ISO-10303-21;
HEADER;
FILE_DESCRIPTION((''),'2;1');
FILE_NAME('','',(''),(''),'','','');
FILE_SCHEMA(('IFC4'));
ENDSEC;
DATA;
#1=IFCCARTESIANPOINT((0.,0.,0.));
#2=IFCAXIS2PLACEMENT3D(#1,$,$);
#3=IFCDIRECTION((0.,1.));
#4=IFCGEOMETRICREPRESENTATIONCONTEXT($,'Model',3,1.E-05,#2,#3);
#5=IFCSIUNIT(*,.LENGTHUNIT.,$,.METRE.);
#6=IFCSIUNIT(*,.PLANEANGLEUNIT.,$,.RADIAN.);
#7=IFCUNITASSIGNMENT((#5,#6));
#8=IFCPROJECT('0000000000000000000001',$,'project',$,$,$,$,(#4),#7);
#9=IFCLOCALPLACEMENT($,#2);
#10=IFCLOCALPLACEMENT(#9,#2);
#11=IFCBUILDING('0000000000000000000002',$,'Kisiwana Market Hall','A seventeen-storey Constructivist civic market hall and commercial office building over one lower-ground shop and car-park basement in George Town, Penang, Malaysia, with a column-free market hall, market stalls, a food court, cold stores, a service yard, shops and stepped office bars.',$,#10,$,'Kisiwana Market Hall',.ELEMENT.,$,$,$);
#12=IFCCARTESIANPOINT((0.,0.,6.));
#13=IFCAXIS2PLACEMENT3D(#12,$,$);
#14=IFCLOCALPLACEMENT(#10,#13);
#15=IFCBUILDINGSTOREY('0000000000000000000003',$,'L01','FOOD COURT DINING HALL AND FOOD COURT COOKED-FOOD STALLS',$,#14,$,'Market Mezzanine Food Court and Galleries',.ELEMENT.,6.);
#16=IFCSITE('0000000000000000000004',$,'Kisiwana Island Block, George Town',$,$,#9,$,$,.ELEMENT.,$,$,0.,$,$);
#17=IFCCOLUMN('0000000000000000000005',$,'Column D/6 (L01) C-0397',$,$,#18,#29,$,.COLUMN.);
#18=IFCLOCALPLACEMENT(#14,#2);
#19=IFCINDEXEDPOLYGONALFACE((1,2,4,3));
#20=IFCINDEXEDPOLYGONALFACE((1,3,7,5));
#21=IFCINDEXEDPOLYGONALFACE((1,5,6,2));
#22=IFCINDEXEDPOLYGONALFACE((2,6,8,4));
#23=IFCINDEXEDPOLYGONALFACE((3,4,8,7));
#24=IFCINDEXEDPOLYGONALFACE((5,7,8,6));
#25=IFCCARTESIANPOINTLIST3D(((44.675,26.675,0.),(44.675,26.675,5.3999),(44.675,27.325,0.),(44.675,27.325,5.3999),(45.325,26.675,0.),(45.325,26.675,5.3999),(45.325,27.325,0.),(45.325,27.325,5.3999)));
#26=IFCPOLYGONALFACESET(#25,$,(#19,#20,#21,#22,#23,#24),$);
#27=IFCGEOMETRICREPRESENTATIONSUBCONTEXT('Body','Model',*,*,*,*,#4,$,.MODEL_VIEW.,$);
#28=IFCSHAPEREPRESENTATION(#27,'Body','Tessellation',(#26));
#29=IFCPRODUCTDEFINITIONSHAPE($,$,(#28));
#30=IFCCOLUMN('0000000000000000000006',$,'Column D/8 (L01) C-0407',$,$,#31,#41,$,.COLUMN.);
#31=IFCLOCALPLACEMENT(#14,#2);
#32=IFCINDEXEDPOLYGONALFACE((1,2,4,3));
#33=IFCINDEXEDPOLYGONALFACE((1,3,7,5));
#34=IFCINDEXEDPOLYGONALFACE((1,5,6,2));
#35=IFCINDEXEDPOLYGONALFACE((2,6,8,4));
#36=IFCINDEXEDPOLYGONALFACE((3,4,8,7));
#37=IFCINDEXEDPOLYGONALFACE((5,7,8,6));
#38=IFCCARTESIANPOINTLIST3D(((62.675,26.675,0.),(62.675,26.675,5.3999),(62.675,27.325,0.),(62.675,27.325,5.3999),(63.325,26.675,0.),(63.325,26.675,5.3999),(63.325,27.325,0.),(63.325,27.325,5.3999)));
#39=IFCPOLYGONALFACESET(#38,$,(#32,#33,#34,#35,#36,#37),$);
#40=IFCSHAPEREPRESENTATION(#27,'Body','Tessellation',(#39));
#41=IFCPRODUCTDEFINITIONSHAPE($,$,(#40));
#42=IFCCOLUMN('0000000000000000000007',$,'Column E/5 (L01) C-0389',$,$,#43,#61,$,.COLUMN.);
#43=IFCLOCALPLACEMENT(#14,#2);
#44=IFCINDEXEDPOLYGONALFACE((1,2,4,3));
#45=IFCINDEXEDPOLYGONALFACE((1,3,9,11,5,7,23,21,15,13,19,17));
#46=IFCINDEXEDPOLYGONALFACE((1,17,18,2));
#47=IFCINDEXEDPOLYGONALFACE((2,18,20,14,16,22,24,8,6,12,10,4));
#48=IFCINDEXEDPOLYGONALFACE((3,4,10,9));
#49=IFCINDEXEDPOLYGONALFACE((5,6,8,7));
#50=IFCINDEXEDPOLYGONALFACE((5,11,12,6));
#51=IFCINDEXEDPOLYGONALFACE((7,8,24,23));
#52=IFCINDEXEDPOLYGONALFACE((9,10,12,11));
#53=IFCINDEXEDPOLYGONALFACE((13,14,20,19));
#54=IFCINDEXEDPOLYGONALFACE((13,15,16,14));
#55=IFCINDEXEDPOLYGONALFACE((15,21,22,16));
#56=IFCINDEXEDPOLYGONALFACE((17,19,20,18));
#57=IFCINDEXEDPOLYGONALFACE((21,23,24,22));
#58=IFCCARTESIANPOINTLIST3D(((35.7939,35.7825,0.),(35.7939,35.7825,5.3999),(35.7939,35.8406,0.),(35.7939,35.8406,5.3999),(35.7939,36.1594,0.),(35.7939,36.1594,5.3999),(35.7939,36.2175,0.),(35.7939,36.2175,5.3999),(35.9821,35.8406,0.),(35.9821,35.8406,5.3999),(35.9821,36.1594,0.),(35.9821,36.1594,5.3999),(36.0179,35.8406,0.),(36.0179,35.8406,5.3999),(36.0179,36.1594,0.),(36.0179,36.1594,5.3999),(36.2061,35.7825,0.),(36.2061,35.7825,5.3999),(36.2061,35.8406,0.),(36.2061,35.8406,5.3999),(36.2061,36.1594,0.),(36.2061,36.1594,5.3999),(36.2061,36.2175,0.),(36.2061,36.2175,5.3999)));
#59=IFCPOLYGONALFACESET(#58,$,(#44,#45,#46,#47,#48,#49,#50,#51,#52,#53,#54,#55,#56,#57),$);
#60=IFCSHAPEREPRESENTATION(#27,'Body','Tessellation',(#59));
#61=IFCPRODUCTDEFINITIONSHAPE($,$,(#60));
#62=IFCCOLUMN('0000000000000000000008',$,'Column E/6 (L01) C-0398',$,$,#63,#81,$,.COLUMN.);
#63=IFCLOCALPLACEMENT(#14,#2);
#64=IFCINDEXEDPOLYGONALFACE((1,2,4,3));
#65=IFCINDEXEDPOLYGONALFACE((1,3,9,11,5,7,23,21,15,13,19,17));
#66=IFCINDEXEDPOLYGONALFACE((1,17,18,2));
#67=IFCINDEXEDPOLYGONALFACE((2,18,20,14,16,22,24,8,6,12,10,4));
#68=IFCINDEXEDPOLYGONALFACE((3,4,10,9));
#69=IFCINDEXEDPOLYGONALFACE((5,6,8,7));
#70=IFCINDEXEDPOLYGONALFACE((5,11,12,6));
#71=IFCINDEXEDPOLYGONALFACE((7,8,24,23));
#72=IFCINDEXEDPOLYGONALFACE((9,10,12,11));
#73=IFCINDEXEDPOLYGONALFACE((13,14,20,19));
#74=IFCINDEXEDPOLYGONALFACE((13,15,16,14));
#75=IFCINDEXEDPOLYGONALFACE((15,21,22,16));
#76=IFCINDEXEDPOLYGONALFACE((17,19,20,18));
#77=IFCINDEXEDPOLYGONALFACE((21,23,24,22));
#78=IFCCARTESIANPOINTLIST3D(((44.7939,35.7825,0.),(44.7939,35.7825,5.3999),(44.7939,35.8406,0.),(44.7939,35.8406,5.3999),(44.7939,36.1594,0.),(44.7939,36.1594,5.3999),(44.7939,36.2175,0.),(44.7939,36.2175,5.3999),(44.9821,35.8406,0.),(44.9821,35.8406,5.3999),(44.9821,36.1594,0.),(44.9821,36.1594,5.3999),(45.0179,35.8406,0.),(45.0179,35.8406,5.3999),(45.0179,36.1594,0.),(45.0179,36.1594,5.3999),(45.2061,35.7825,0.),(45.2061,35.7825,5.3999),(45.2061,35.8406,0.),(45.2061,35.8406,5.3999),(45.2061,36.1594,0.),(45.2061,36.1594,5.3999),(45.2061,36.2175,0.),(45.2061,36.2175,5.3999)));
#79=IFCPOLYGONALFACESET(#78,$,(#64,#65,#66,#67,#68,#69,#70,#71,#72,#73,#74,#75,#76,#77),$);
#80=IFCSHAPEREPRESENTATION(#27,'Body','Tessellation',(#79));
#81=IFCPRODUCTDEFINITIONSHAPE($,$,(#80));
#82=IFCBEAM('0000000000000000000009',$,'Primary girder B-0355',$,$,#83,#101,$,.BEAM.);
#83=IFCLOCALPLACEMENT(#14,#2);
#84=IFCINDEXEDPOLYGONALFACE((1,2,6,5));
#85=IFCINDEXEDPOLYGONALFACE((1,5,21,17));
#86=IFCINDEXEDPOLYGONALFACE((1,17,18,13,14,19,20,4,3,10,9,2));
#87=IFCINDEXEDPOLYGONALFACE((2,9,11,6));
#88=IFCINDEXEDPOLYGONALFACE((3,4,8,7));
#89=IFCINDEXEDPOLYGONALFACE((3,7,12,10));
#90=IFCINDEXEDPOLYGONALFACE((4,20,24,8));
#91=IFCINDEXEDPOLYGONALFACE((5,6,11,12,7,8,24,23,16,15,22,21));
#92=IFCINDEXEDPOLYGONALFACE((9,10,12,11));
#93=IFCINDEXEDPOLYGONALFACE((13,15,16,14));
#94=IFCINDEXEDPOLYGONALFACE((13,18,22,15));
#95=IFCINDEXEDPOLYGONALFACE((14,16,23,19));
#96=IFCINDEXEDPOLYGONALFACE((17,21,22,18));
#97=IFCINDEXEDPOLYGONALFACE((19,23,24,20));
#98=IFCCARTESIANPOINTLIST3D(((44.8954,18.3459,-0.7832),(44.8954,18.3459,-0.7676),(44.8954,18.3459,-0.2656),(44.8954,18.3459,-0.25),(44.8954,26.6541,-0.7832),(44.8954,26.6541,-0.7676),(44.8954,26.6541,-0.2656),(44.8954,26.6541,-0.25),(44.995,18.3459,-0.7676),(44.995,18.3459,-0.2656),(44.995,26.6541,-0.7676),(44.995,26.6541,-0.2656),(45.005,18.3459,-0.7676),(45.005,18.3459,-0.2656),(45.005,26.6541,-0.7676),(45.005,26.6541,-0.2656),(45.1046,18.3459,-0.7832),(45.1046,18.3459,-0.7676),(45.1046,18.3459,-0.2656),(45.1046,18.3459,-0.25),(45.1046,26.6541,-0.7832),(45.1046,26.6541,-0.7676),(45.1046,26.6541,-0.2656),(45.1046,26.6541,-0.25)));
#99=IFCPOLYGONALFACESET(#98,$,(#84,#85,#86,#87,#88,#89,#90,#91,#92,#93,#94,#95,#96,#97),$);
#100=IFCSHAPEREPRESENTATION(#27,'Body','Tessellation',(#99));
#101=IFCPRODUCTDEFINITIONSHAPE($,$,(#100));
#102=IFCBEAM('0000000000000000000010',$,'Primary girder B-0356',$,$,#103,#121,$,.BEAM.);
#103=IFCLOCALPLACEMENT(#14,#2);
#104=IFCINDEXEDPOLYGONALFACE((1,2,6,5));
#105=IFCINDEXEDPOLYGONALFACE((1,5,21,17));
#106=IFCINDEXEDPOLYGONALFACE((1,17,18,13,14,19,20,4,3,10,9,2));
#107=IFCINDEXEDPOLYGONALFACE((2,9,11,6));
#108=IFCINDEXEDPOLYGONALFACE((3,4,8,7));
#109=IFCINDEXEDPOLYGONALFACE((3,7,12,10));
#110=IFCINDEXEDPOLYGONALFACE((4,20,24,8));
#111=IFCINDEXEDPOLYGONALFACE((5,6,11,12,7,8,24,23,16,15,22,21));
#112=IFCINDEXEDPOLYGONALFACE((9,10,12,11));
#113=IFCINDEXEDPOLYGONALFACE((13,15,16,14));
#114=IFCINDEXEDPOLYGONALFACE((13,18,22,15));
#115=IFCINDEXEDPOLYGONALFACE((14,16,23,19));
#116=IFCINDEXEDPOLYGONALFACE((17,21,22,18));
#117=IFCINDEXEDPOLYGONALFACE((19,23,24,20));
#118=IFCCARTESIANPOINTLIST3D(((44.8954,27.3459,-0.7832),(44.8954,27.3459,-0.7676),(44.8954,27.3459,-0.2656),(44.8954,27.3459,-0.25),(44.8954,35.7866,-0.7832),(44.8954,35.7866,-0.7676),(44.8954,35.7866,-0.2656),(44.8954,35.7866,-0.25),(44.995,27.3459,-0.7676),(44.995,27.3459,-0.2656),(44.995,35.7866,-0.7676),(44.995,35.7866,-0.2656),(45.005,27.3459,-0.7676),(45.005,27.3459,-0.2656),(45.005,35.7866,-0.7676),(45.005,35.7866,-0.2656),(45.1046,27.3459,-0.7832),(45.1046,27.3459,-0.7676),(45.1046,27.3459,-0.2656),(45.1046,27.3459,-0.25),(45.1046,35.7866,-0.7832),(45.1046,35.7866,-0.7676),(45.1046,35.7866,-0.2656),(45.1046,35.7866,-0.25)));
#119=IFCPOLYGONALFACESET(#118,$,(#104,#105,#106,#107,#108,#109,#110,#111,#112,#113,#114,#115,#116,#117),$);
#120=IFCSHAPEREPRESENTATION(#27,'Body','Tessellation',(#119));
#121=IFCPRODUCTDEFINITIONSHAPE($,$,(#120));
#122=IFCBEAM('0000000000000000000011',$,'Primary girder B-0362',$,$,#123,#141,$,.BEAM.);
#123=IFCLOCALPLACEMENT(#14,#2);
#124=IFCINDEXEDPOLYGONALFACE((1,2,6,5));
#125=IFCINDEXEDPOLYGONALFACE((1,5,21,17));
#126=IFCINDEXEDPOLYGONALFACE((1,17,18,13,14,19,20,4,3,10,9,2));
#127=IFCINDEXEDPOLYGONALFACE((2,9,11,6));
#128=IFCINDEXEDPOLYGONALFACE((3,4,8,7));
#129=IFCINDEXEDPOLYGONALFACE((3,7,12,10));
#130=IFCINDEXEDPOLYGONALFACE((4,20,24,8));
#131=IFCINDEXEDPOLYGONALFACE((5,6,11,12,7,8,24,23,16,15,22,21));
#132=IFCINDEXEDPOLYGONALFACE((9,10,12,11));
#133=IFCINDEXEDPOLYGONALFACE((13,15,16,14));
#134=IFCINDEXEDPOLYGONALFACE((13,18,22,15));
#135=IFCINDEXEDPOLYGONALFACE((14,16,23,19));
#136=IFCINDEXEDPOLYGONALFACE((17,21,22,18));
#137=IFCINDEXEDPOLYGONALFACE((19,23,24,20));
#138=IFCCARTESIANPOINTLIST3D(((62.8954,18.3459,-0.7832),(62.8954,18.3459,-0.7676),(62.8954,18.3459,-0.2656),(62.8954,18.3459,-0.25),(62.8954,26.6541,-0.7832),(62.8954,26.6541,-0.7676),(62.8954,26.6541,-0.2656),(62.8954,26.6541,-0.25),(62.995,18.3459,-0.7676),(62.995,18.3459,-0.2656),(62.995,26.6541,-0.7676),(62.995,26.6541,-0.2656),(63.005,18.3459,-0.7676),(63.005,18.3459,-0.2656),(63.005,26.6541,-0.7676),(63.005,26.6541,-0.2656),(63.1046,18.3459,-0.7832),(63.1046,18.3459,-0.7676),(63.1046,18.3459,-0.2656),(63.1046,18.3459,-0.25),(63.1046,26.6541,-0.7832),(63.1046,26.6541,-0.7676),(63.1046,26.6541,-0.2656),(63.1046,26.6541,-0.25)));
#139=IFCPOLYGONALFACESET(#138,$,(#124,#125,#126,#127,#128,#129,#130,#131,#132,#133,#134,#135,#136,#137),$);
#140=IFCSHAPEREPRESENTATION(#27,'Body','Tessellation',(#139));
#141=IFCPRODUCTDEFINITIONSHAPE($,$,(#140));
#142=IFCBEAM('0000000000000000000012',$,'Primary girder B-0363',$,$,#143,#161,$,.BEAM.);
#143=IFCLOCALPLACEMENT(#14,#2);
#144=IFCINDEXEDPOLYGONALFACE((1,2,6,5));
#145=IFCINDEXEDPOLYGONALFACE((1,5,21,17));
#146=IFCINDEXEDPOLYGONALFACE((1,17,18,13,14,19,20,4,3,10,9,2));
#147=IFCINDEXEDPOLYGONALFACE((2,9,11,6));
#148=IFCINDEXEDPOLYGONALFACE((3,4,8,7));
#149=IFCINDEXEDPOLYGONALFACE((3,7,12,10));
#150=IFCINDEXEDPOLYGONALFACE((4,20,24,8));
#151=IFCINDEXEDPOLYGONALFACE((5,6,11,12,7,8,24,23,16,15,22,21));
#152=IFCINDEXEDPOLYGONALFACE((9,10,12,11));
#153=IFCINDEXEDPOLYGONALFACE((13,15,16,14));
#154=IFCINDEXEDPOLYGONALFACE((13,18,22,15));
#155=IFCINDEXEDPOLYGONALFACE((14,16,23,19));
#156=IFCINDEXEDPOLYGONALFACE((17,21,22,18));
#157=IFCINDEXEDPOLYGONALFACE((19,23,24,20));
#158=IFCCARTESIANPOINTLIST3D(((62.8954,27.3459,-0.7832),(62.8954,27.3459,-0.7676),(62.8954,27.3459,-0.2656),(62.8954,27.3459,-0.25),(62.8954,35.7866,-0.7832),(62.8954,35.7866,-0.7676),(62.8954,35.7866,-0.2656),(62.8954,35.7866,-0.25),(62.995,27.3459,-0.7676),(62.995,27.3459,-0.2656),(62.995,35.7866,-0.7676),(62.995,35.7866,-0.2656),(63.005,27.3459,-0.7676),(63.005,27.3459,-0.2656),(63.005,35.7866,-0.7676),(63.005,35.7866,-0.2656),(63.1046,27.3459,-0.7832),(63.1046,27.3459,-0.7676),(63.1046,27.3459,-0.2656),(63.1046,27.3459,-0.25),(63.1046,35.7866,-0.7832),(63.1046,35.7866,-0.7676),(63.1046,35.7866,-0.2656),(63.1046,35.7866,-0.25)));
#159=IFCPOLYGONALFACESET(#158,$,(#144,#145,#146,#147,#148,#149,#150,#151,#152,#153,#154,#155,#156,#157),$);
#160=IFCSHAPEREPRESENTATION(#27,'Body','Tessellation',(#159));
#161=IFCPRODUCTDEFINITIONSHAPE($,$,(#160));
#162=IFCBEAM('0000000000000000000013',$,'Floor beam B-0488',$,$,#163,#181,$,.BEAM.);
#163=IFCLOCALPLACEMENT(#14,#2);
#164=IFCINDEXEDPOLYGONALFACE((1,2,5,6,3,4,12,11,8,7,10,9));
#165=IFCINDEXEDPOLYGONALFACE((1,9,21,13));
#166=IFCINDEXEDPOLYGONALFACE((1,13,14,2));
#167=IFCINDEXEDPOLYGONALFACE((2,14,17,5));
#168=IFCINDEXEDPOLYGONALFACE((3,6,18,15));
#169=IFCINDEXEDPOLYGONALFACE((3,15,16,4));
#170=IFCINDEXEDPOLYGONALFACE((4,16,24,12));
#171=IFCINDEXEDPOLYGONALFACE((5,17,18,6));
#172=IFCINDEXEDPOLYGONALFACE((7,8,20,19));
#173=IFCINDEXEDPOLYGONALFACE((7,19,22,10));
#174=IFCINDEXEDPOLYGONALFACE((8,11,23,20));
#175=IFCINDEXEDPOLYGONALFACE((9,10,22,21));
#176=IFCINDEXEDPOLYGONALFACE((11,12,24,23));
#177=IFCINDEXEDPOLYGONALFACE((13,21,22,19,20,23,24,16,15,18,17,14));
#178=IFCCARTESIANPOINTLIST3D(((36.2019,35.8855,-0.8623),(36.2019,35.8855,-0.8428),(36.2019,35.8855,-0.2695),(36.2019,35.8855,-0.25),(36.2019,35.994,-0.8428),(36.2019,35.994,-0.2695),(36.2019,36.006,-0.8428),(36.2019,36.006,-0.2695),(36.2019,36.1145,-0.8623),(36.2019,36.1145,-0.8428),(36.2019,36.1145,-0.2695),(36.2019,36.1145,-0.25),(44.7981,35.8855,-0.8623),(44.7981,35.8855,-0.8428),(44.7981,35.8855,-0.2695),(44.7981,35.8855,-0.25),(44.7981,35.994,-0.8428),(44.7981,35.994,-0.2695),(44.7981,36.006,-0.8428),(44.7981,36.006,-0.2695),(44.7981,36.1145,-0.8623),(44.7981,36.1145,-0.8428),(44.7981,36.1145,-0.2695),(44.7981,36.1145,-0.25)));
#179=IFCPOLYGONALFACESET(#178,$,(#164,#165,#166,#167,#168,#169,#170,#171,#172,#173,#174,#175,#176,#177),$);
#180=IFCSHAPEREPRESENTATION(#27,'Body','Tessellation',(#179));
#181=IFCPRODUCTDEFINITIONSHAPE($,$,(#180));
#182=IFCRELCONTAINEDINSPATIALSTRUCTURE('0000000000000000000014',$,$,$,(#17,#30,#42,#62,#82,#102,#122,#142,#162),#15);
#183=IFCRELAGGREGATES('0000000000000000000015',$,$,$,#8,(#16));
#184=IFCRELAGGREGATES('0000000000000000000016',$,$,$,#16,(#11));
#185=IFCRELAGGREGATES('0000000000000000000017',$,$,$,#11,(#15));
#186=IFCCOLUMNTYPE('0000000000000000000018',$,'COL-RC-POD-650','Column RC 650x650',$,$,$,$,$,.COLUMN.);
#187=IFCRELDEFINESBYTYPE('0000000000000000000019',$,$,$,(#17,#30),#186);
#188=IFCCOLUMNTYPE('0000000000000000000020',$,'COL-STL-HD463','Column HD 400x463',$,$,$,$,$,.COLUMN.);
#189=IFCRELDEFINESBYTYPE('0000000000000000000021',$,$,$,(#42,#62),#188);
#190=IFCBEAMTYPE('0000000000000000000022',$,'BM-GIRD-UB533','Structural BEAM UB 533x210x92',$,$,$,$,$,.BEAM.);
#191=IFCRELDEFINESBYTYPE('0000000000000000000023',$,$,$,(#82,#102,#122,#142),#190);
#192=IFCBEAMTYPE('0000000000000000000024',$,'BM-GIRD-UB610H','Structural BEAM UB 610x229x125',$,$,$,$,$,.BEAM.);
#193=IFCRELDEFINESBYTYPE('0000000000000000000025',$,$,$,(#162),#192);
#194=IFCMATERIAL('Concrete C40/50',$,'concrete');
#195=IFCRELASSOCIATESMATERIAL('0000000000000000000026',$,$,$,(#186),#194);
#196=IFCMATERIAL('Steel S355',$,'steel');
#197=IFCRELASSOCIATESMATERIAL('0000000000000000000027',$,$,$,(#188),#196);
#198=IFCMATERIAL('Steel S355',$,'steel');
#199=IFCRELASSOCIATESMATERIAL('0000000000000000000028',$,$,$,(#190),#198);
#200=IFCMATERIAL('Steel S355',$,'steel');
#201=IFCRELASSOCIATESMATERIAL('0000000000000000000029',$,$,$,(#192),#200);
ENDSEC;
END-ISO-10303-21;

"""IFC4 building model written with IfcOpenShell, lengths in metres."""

from ifc_helpers import new_model, si_unit, direction, frame, origin, origin_2d, place, context, subcontext, project, spatial, rectangle, i_section, extrude, material, material_profile, profile_set, type_object, element, save


model = new_model("IFC4")

# Units and contexts
model_context = context("Model", 3, precision=1e-05, world=origin(), true_north=direction((0.0, 1.0)))
body_context = subcontext(model_context, "Body", "Model", "MODEL_VIEW")
ifc_project = project(units=[si_unit("LENGTHUNIT", "METRE"), si_unit("PLANEANGLEUNIT", "RADIAN")], contexts=[model_context])

# Site, building, storey
site_placement = place(None, origin())
site = spatial("IfcSite", under=ifc_project, at=site_placement, Name="Kisiwana Island Block, George Town", CompositionType="ELEMENT", RefElevation=0.0)
building_placement = place(site_placement, origin())
building = spatial("IfcBuilding", under=site, at=building_placement, Name="Kisiwana Market Hall", Description="A seventeen-storey Constructivist civic market hall and commercial office building over one lower-ground shop and car-park basement in George Town, Penang, Malaysia, with a column-free market hall, market stalls, a food court, cold stores, a service yard, shops and stepped office bars.", LongName="Kisiwana Market Hall", CompositionType="ELEMENT")
storey_placement = place(building_placement, frame((0.0, 0.0, 6.0)))
storey = spatial("IfcBuildingStorey", under=building, at=storey_placement, Name="L01", Description="FOOD COURT DINING HALL AND FOOD COURT COOKED-FOOD STALLS", LongName="Market Mezzanine Food Court and Galleries", CompositionType="ELEMENT", Elevation=6.0)

# Columns
ifc_material_1 = material(Name="Concrete C40/50", Category="concrete")
ifc_material_profile_1 = material_profile(ifc_material_1, rectangle(XDim=0.6499, YDim=0.6499, at=origin_2d()), Name="RC 650x650")
ifc_profile_set_1 = profile_set([ifc_material_profile_1], Name="Concrete C40/50")
column_type_1 = type_object("IfcColumnType", Name="COL-RC-POD-650", Description="Column RC 650x650", PredefinedType="COLUMN", material=ifc_profile_set_1)
for number, where, z_axis, x_axis, name in (
    (1, (45.0, 27.0, 0.0), (0.0, 0.0, 1.0), (1.0, 0.0, 0.0), "Column D/6 (L01) C-0397"),
    (2, (63.0, 27.0, 0.0), (0.0, 0.0, 1.0), (1.0, 0.0, 0.0), "Column D/8 (L01) C-0407"),
):
    element("IfcColumn", number, at=place(storey_placement, frame(where, z_axis=z_axis, x_axis=x_axis)), inside=storey, type_object=column_type_1, Name=name, PredefinedType="COLUMN", context=body_context, shape_type="SweptSolid", body=[
        extrude(rectangle(XDim=0.6499, YDim=0.6499, at=origin_2d()), origin(), (0.0, 0.0, 1.0), 5.3999),
    ])
ifc_material_2 = material(Name="Steel S355", Category="steel")
ifc_material_profile_2 = material_profile(ifc_material_2, i_section(OverallWidth=0.4121, OverallDepth=0.4351, WebThickness=0.0359, FlangeThickness=0.0581, at=origin_2d()), Name="HD 400x463")
ifc_profile_set_2 = profile_set([ifc_material_profile_2], Name="Steel S355")
column_type_2 = type_object("IfcColumnType", Name="COL-STL-HD463", Description="Column HD 400x463", PredefinedType="COLUMN", material=ifc_profile_set_2)
for number, where, z_axis, x_axis, name in (
    (3, (36.0, 36.0, 0.0), (0.0, 0.0, 1.0), (1.0, 0.0, 0.0), "Column E/5 (L01) C-0389"),
    (4, (45.0, 36.0, 0.0), (0.0, 0.0, 1.0), (1.0, 0.0, 0.0), "Column E/6 (L01) C-0398"),
):
    element("IfcColumn", number, at=place(storey_placement, frame(where, z_axis=z_axis, x_axis=x_axis)), inside=storey, type_object=column_type_2, Name=name, PredefinedType="COLUMN", context=body_context, shape_type="SweptSolid", body=[
        extrude(i_section(OverallWidth=0.4121, OverallDepth=0.4351, WebThickness=0.0359, FlangeThickness=0.0581, at=origin_2d()), origin(), (0.0, 0.0, 1.0), 5.3999),
    ])

# Beams
ifc_material_3 = material(Name="Steel S355", Category="steel")
ifc_material_profile_3 = material_profile(ifc_material_3, i_section(OverallWidth=0.2092, OverallDepth=0.5332, WebThickness=0.01, FlangeThickness=0.0156, at=origin_2d()), Name="UB 533x210x92")
ifc_profile_set_3 = profile_set([ifc_material_profile_3], Name="Steel S355")
beam_type_1 = type_object("IfcBeamType", Name="BM-GIRD-UB533", Description="Structural BEAM UB 533x210x92", PredefinedType="BEAM", material=ifc_profile_set_3)
beam_1_placement = place(storey_placement, frame((45.0, 18.3459, -0.5166), z_axis=(0.0, 1.0, 0.0), x_axis=(-1.0, 0.0, 0.0)))
element("IfcBeam", 5, at=beam_1_placement, inside=storey, type_object=beam_type_1, Name="Primary girder B-0355", PredefinedType="BEAM", context=body_context, shape_type="SweptSolid", body=[
    extrude(i_section(OverallWidth=0.2092, OverallDepth=0.5332, WebThickness=0.01, FlangeThickness=0.0156, at=origin_2d()), origin(), (0.0, 0.0, 1.0), 8.3081),
])
beam_2_placement = place(storey_placement, frame((45.0, 27.3459, -0.5166), z_axis=(0.0, 1.0, 0.0), x_axis=(-1.0, 0.0, 0.0)))
element("IfcBeam", 6, at=beam_2_placement, inside=storey, type_object=beam_type_1, Name="Primary girder B-0356", PredefinedType="BEAM", context=body_context, shape_type="SweptSolid", body=[
    extrude(i_section(OverallWidth=0.2092, OverallDepth=0.5332, WebThickness=0.01, FlangeThickness=0.0156, at=origin_2d()), origin(), (0.0, 0.0, 1.0), 8.4407),
])
beam_3_placement = place(storey_placement, frame((63.0, 18.3459, -0.5166), z_axis=(0.0, 1.0, 0.0), x_axis=(-1.0, 0.0, 0.0)))
element("IfcBeam", 7, at=beam_3_placement, inside=storey, type_object=beam_type_1, Name="Primary girder B-0362", PredefinedType="BEAM", context=body_context, shape_type="SweptSolid", body=[
    extrude(i_section(OverallWidth=0.2092, OverallDepth=0.5332, WebThickness=0.01, FlangeThickness=0.0156, at=origin_2d()), origin(), (0.0, 0.0, 1.0), 8.3081),
])
beam_4_placement = place(storey_placement, frame((63.0, 27.3459, -0.5166), z_axis=(0.0, 1.0, 0.0), x_axis=(-1.0, 0.0, 0.0)))
element("IfcBeam", 8, at=beam_4_placement, inside=storey, type_object=beam_type_1, Name="Primary girder B-0363", PredefinedType="BEAM", context=body_context, shape_type="SweptSolid", body=[
    extrude(i_section(OverallWidth=0.2092, OverallDepth=0.5332, WebThickness=0.01, FlangeThickness=0.0156, at=origin_2d()), origin(), (0.0, 0.0, 1.0), 8.4407),
])
ifc_material_4 = material(Name="Steel S355", Category="steel")
ifc_material_profile_4 = material_profile(ifc_material_4, i_section(OverallWidth=0.229, OverallDepth=0.6123, WebThickness=0.012, FlangeThickness=0.0195, at=origin_2d()), Name="UB 610x229x125")
ifc_profile_set_4 = profile_set([ifc_material_profile_4], Name="Steel S355")
beam_type_2 = type_object("IfcBeamType", Name="BM-GIRD-UB610H", Description="Structural BEAM UB 610x229x125", PredefinedType="BEAM", material=ifc_profile_set_4)
beam_5_placement = place(storey_placement, frame((36.2019, 36.0, -0.5562), z_axis=(1.0, 0.0, 0.0), x_axis=(0.0, 1.0, 0.0)))
element("IfcBeam", 9, at=beam_5_placement, inside=storey, type_object=beam_type_2, Name="Floor beam B-0488", PredefinedType="BEAM", context=body_context, shape_type="SweptSolid", body=[
    extrude(i_section(OverallWidth=0.229, OverallDepth=0.6123, WebThickness=0.012, FlangeThickness=0.0195, at=origin_2d()), origin(), (0.0, 0.0, 1.0), 8.5962),
])

save(model, "model.ifc")
